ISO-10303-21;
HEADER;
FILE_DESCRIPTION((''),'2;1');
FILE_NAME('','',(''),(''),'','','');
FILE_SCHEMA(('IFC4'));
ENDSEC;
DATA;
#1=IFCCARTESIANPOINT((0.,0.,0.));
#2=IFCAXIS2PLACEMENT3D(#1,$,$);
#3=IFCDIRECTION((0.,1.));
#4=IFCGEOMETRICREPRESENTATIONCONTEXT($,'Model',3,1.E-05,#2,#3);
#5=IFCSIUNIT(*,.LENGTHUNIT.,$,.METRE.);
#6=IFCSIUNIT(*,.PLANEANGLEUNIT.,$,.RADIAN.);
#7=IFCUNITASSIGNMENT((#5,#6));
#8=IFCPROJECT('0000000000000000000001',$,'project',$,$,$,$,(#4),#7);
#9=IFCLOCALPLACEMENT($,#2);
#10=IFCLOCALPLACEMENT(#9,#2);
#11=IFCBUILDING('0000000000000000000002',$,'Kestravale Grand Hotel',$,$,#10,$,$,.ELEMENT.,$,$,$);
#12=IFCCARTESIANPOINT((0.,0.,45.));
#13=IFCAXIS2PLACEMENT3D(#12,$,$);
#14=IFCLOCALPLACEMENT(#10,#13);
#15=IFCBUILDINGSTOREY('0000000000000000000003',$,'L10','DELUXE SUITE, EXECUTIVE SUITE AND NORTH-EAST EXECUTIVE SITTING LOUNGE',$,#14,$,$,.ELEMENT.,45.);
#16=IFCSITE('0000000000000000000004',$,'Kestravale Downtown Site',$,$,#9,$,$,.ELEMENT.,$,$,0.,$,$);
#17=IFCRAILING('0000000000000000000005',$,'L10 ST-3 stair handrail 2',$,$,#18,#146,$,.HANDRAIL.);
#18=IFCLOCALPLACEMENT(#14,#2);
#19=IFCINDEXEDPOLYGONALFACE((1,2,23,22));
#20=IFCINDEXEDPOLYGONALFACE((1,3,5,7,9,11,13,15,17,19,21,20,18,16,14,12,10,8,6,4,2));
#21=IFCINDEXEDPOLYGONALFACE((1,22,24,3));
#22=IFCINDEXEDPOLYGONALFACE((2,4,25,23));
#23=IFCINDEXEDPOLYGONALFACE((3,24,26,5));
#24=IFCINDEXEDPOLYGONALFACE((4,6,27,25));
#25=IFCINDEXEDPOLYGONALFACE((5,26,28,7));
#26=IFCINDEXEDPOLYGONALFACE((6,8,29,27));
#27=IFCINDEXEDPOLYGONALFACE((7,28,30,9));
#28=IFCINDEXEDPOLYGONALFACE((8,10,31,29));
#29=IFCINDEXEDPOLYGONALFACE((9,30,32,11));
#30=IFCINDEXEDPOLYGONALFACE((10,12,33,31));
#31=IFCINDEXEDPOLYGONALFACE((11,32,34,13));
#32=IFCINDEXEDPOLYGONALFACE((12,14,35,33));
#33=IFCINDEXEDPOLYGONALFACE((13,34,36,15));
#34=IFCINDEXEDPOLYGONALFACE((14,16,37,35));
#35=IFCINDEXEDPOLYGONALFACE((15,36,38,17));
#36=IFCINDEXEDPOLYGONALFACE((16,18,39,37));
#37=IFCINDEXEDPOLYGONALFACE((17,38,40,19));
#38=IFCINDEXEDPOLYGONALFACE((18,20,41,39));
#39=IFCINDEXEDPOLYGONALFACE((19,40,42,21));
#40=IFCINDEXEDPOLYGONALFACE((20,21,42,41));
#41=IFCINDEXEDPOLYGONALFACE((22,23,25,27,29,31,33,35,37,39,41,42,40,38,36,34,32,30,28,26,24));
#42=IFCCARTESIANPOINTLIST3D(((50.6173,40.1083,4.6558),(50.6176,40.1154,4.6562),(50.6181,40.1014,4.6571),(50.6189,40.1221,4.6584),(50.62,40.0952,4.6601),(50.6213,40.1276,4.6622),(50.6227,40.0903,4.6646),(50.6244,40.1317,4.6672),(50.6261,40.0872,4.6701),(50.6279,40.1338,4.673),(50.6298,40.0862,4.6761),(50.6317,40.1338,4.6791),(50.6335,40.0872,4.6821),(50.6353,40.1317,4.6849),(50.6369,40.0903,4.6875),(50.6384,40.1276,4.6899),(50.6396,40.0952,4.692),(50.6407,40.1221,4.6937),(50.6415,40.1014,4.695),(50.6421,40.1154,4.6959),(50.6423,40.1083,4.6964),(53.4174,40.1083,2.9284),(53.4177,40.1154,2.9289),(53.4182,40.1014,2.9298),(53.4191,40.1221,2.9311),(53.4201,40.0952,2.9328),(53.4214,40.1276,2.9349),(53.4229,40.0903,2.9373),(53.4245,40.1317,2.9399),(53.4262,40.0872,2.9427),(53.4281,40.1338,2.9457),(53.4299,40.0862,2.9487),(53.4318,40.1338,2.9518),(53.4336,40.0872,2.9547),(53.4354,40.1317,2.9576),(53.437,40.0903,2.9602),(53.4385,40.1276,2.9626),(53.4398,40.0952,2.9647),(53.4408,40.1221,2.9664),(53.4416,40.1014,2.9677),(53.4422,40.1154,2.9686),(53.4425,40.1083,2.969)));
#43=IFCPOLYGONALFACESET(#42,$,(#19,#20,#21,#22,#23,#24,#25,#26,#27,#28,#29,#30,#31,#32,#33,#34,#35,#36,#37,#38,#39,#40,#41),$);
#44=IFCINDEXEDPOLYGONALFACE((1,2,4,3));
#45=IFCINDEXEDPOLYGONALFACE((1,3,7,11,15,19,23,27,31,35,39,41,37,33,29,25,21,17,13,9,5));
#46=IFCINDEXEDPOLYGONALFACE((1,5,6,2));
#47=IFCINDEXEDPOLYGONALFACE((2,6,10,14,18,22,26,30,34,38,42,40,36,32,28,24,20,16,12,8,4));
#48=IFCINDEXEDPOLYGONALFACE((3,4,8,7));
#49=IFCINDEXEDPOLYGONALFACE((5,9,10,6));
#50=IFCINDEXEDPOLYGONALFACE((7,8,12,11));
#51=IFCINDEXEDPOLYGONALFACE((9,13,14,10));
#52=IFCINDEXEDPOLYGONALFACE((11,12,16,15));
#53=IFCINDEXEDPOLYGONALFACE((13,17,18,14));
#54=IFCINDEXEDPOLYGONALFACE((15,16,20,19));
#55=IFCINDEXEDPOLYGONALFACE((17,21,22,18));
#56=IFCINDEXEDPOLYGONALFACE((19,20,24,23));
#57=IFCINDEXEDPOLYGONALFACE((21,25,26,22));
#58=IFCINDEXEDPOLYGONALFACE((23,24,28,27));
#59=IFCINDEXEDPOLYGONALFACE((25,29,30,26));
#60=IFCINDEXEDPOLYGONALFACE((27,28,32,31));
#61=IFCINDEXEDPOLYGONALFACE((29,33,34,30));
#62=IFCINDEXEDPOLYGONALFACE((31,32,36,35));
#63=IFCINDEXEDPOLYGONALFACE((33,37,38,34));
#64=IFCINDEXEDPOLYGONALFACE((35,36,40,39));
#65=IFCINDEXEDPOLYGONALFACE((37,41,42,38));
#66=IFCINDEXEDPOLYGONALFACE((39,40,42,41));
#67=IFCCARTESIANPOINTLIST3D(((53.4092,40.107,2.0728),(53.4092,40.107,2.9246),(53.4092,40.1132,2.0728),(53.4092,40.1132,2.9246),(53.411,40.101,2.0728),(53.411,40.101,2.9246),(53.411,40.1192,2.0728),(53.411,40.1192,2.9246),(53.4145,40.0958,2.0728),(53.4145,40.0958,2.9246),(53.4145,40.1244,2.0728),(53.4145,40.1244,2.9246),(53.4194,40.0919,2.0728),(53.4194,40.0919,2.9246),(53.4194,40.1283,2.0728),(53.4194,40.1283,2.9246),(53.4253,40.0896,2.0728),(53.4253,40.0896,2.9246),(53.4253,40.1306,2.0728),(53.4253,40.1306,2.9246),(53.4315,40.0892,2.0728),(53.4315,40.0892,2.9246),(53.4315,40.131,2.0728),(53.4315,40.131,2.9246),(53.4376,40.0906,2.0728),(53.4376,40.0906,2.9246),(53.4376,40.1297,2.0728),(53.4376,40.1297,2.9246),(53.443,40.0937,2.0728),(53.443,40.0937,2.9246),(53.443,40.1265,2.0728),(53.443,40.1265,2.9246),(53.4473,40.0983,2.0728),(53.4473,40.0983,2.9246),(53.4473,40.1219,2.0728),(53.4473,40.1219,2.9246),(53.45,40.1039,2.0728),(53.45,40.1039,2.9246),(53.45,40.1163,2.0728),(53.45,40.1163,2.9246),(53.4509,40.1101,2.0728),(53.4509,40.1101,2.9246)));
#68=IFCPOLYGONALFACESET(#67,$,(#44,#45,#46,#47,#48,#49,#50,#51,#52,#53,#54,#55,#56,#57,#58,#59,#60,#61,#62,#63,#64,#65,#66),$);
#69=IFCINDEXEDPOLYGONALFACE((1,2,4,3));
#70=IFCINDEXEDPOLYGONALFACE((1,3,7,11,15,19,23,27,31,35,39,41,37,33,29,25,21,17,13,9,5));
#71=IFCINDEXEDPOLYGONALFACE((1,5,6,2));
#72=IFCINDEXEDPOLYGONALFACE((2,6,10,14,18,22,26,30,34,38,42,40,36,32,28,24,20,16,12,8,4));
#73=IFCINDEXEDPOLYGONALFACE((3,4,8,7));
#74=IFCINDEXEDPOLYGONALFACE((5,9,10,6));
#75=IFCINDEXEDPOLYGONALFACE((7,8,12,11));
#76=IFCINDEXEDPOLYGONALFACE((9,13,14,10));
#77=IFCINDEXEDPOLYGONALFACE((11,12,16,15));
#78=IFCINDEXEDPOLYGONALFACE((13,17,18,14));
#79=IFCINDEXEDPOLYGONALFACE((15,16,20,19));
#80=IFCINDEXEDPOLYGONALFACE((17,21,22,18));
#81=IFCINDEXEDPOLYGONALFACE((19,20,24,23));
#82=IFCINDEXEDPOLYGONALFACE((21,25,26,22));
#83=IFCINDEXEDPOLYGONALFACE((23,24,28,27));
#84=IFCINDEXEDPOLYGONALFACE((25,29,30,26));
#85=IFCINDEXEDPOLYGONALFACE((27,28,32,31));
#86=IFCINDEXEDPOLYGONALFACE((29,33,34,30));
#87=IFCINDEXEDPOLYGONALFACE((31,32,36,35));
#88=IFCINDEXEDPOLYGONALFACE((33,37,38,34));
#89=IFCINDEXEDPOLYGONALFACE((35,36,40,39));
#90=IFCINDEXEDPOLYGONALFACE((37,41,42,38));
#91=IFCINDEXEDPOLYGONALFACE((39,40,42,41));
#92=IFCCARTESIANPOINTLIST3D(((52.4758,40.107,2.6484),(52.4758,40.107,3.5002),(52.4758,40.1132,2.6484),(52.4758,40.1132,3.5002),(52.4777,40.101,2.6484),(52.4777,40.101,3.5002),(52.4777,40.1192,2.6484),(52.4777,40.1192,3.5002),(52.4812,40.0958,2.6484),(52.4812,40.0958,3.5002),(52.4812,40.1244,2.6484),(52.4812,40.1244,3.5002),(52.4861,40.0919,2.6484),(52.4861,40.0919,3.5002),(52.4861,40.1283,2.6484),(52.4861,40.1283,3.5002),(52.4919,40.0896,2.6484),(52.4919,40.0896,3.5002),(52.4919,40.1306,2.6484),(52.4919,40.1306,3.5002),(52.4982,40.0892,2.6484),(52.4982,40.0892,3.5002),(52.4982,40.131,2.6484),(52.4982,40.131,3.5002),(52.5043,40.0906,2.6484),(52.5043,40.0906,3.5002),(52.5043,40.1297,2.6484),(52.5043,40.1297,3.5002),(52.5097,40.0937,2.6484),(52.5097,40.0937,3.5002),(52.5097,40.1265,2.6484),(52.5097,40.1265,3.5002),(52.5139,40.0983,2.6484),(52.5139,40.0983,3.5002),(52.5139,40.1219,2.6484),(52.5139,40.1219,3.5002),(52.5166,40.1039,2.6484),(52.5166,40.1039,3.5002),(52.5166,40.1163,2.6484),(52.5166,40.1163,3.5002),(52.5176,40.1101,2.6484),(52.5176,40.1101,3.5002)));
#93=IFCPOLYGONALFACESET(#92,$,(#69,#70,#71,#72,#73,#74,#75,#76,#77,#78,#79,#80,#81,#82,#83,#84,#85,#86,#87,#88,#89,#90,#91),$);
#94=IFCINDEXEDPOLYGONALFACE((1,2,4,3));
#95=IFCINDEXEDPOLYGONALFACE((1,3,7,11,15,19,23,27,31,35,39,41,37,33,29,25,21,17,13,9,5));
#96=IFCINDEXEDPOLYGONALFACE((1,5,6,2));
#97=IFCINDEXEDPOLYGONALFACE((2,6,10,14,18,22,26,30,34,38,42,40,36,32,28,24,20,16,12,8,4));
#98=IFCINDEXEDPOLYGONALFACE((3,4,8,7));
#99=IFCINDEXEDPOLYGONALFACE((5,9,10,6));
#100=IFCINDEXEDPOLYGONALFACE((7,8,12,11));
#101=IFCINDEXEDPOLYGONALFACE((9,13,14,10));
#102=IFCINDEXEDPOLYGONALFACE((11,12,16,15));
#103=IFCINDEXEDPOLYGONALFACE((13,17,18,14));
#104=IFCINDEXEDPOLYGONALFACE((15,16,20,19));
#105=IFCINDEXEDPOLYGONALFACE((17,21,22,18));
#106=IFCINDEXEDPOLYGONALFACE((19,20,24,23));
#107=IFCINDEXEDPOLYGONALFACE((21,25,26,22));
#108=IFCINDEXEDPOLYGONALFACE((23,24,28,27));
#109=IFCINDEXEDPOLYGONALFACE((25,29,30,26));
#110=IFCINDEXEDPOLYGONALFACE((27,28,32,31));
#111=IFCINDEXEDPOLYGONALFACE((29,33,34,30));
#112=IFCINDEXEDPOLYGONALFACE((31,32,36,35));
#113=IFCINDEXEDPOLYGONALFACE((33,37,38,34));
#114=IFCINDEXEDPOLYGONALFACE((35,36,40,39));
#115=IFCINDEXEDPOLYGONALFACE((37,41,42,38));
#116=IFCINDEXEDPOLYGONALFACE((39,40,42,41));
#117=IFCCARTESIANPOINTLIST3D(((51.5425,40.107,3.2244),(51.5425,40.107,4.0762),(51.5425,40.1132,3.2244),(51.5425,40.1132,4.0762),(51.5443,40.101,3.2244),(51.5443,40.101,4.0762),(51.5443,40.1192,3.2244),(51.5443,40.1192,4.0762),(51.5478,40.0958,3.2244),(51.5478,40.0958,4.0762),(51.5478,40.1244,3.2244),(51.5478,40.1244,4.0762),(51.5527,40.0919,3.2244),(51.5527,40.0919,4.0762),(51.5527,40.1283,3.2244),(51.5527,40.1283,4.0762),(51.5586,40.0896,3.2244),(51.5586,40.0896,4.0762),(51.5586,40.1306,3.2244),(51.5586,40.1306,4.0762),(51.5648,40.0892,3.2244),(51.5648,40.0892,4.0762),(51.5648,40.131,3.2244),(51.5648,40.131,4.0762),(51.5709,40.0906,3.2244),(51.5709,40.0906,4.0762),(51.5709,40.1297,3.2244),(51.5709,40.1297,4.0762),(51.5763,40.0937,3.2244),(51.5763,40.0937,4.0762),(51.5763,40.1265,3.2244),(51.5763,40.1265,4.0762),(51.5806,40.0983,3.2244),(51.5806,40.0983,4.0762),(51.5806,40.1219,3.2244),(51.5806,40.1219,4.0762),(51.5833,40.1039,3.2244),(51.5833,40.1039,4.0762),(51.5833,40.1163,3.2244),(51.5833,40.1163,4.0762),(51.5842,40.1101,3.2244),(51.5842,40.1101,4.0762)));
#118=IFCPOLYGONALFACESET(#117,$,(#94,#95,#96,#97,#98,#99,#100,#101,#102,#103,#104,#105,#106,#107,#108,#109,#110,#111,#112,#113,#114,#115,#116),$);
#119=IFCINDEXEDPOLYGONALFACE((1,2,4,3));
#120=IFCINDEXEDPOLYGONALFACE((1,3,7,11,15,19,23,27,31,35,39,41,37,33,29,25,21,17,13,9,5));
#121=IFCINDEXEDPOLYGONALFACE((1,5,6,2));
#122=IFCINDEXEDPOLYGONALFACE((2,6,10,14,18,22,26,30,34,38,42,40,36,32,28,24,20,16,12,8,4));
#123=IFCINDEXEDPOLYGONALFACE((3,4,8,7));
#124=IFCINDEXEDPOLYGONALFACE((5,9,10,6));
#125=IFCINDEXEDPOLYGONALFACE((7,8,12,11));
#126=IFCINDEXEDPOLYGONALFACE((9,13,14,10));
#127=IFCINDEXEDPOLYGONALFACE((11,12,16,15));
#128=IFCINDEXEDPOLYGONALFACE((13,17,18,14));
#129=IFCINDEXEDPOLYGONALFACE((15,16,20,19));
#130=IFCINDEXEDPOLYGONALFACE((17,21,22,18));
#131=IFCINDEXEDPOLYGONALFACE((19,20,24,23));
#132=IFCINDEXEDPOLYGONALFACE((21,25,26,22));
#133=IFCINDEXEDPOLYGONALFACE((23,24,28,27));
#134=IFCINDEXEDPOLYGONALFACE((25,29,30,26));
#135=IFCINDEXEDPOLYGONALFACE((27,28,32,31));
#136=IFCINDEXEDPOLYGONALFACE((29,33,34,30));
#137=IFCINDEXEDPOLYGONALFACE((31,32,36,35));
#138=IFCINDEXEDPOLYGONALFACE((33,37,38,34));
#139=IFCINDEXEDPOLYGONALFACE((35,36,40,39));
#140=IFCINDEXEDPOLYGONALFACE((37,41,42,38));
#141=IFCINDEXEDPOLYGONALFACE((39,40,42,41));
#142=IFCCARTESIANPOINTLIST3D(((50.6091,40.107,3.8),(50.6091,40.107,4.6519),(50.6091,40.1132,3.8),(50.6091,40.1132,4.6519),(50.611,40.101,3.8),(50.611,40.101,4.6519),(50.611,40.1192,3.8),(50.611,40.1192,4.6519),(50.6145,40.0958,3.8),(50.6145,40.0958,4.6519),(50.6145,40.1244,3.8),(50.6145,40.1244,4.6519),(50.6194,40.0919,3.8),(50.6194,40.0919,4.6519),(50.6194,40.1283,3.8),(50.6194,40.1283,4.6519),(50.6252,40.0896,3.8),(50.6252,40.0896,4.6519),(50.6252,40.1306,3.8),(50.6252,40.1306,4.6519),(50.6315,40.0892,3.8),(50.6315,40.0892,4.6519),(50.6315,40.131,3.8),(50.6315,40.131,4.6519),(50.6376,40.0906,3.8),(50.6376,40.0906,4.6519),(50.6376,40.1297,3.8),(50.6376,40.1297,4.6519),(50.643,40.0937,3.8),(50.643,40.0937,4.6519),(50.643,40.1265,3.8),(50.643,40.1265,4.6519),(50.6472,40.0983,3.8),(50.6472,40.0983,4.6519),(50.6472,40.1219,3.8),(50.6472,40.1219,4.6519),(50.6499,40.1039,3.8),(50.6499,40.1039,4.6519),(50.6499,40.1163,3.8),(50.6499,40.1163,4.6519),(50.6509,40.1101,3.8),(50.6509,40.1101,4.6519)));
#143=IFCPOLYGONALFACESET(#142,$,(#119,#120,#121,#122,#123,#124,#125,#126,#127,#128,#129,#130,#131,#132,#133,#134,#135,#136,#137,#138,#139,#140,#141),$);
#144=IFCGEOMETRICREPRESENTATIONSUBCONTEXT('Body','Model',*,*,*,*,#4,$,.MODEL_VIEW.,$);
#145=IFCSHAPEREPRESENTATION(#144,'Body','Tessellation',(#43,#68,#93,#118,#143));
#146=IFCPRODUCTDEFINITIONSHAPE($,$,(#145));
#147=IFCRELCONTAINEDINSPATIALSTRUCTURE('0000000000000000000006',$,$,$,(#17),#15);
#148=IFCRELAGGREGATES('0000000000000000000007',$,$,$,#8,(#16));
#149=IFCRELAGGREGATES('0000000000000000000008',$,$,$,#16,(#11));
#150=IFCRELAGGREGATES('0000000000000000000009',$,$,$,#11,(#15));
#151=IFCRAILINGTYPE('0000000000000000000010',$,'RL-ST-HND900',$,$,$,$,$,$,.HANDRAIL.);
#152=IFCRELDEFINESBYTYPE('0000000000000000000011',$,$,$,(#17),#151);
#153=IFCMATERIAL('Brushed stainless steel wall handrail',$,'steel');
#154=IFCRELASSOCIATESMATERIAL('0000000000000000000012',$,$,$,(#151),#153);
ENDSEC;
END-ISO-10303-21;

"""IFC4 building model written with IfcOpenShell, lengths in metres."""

from ifc_helpers import new_model, si_unit, direction, frame, origin, origin_2d, place, context, subcontext, project, spatial, circle, extrude, material, type_object, element, save


model = new_model("IFC4")

# Units and contexts
model_context = context("Model", 3, precision=1e-05, world=origin(), true_north=direction((0.0, 1.0)))
body_context = subcontext(model_context, "Body", "Model", "MODEL_VIEW")
ifc_project = project(units=[si_unit("LENGTHUNIT", "METRE"), si_unit("PLANEANGLEUNIT", "RADIAN")], contexts=[model_context])

# Site, building, storey
site_placement = place(None, origin())
site = spatial("IfcSite", under=ifc_project, at=site_placement, Name="Kestravale Downtown Site", CompositionType="ELEMENT", RefElevation=0.0)
building_placement = place(site_placement, origin())
building = spatial("IfcBuilding", under=site, at=building_placement, Name="Kestravale Grand Hotel", CompositionType="ELEMENT")
storey_placement = place(building_placement, frame((0.0, 0.0, 45.0)))
storey = spatial("IfcBuildingStorey", under=building, at=storey_placement, Name="L10", Description="DELUXE SUITE, EXECUTIVE SUITE AND NORTH-EAST EXECUTIVE SITTING LOUNGE", CompositionType="ELEMENT", Elevation=45.0)

# Railing
ifc_material_1 = material(Name="Brushed stainless steel wall handrail", Category="steel")
railing_type_1 = type_object("IfcRailingType", Name="RL-ST-HND900", PredefinedType="HANDRAIL", material=ifc_material_1)
railing_1_placement = place(storey_placement, frame((53.4299, 40.1101, 2.0728)))
element("IfcRailing", 1, at=railing_1_placement, inside=storey, type_object=railing_type_1, Name="L10 ST-3 stair handrail 2", PredefinedType="HANDRAIL", context=body_context, shape_type="SweptSolid", body=[
    extrude(circle(Radius=0.0239, at=origin_2d()), frame((0.0, 0.0, 0.876), z_axis=(-0.85109, 0.0, 0.52502), x_axis=(0.0, -1.0, 0.0)), (0.0, 0.0, 1.0), 3.29),
    extrude(circle(Radius=0.021, at=origin_2d()), origin(), (0.0, 0.0, 1.0), 0.8518),
    extrude(circle(Radius=0.021, at=origin_2d()), frame((-0.9333, 0.0, 0.5757)), (0.0, 0.0, 1.0), 0.8518),
    extrude(circle(Radius=0.021, at=origin_2d()), frame((-1.8667, 0.0, 1.1516)), (0.0, 0.0, 1.0), 0.8518),
    extrude(circle(Radius=0.021, at=origin_2d()), frame((-2.8, 0.0, 1.7273)), (0.0, 0.0, 1.0), 0.8518),
])

save(model, "model.ifc")
